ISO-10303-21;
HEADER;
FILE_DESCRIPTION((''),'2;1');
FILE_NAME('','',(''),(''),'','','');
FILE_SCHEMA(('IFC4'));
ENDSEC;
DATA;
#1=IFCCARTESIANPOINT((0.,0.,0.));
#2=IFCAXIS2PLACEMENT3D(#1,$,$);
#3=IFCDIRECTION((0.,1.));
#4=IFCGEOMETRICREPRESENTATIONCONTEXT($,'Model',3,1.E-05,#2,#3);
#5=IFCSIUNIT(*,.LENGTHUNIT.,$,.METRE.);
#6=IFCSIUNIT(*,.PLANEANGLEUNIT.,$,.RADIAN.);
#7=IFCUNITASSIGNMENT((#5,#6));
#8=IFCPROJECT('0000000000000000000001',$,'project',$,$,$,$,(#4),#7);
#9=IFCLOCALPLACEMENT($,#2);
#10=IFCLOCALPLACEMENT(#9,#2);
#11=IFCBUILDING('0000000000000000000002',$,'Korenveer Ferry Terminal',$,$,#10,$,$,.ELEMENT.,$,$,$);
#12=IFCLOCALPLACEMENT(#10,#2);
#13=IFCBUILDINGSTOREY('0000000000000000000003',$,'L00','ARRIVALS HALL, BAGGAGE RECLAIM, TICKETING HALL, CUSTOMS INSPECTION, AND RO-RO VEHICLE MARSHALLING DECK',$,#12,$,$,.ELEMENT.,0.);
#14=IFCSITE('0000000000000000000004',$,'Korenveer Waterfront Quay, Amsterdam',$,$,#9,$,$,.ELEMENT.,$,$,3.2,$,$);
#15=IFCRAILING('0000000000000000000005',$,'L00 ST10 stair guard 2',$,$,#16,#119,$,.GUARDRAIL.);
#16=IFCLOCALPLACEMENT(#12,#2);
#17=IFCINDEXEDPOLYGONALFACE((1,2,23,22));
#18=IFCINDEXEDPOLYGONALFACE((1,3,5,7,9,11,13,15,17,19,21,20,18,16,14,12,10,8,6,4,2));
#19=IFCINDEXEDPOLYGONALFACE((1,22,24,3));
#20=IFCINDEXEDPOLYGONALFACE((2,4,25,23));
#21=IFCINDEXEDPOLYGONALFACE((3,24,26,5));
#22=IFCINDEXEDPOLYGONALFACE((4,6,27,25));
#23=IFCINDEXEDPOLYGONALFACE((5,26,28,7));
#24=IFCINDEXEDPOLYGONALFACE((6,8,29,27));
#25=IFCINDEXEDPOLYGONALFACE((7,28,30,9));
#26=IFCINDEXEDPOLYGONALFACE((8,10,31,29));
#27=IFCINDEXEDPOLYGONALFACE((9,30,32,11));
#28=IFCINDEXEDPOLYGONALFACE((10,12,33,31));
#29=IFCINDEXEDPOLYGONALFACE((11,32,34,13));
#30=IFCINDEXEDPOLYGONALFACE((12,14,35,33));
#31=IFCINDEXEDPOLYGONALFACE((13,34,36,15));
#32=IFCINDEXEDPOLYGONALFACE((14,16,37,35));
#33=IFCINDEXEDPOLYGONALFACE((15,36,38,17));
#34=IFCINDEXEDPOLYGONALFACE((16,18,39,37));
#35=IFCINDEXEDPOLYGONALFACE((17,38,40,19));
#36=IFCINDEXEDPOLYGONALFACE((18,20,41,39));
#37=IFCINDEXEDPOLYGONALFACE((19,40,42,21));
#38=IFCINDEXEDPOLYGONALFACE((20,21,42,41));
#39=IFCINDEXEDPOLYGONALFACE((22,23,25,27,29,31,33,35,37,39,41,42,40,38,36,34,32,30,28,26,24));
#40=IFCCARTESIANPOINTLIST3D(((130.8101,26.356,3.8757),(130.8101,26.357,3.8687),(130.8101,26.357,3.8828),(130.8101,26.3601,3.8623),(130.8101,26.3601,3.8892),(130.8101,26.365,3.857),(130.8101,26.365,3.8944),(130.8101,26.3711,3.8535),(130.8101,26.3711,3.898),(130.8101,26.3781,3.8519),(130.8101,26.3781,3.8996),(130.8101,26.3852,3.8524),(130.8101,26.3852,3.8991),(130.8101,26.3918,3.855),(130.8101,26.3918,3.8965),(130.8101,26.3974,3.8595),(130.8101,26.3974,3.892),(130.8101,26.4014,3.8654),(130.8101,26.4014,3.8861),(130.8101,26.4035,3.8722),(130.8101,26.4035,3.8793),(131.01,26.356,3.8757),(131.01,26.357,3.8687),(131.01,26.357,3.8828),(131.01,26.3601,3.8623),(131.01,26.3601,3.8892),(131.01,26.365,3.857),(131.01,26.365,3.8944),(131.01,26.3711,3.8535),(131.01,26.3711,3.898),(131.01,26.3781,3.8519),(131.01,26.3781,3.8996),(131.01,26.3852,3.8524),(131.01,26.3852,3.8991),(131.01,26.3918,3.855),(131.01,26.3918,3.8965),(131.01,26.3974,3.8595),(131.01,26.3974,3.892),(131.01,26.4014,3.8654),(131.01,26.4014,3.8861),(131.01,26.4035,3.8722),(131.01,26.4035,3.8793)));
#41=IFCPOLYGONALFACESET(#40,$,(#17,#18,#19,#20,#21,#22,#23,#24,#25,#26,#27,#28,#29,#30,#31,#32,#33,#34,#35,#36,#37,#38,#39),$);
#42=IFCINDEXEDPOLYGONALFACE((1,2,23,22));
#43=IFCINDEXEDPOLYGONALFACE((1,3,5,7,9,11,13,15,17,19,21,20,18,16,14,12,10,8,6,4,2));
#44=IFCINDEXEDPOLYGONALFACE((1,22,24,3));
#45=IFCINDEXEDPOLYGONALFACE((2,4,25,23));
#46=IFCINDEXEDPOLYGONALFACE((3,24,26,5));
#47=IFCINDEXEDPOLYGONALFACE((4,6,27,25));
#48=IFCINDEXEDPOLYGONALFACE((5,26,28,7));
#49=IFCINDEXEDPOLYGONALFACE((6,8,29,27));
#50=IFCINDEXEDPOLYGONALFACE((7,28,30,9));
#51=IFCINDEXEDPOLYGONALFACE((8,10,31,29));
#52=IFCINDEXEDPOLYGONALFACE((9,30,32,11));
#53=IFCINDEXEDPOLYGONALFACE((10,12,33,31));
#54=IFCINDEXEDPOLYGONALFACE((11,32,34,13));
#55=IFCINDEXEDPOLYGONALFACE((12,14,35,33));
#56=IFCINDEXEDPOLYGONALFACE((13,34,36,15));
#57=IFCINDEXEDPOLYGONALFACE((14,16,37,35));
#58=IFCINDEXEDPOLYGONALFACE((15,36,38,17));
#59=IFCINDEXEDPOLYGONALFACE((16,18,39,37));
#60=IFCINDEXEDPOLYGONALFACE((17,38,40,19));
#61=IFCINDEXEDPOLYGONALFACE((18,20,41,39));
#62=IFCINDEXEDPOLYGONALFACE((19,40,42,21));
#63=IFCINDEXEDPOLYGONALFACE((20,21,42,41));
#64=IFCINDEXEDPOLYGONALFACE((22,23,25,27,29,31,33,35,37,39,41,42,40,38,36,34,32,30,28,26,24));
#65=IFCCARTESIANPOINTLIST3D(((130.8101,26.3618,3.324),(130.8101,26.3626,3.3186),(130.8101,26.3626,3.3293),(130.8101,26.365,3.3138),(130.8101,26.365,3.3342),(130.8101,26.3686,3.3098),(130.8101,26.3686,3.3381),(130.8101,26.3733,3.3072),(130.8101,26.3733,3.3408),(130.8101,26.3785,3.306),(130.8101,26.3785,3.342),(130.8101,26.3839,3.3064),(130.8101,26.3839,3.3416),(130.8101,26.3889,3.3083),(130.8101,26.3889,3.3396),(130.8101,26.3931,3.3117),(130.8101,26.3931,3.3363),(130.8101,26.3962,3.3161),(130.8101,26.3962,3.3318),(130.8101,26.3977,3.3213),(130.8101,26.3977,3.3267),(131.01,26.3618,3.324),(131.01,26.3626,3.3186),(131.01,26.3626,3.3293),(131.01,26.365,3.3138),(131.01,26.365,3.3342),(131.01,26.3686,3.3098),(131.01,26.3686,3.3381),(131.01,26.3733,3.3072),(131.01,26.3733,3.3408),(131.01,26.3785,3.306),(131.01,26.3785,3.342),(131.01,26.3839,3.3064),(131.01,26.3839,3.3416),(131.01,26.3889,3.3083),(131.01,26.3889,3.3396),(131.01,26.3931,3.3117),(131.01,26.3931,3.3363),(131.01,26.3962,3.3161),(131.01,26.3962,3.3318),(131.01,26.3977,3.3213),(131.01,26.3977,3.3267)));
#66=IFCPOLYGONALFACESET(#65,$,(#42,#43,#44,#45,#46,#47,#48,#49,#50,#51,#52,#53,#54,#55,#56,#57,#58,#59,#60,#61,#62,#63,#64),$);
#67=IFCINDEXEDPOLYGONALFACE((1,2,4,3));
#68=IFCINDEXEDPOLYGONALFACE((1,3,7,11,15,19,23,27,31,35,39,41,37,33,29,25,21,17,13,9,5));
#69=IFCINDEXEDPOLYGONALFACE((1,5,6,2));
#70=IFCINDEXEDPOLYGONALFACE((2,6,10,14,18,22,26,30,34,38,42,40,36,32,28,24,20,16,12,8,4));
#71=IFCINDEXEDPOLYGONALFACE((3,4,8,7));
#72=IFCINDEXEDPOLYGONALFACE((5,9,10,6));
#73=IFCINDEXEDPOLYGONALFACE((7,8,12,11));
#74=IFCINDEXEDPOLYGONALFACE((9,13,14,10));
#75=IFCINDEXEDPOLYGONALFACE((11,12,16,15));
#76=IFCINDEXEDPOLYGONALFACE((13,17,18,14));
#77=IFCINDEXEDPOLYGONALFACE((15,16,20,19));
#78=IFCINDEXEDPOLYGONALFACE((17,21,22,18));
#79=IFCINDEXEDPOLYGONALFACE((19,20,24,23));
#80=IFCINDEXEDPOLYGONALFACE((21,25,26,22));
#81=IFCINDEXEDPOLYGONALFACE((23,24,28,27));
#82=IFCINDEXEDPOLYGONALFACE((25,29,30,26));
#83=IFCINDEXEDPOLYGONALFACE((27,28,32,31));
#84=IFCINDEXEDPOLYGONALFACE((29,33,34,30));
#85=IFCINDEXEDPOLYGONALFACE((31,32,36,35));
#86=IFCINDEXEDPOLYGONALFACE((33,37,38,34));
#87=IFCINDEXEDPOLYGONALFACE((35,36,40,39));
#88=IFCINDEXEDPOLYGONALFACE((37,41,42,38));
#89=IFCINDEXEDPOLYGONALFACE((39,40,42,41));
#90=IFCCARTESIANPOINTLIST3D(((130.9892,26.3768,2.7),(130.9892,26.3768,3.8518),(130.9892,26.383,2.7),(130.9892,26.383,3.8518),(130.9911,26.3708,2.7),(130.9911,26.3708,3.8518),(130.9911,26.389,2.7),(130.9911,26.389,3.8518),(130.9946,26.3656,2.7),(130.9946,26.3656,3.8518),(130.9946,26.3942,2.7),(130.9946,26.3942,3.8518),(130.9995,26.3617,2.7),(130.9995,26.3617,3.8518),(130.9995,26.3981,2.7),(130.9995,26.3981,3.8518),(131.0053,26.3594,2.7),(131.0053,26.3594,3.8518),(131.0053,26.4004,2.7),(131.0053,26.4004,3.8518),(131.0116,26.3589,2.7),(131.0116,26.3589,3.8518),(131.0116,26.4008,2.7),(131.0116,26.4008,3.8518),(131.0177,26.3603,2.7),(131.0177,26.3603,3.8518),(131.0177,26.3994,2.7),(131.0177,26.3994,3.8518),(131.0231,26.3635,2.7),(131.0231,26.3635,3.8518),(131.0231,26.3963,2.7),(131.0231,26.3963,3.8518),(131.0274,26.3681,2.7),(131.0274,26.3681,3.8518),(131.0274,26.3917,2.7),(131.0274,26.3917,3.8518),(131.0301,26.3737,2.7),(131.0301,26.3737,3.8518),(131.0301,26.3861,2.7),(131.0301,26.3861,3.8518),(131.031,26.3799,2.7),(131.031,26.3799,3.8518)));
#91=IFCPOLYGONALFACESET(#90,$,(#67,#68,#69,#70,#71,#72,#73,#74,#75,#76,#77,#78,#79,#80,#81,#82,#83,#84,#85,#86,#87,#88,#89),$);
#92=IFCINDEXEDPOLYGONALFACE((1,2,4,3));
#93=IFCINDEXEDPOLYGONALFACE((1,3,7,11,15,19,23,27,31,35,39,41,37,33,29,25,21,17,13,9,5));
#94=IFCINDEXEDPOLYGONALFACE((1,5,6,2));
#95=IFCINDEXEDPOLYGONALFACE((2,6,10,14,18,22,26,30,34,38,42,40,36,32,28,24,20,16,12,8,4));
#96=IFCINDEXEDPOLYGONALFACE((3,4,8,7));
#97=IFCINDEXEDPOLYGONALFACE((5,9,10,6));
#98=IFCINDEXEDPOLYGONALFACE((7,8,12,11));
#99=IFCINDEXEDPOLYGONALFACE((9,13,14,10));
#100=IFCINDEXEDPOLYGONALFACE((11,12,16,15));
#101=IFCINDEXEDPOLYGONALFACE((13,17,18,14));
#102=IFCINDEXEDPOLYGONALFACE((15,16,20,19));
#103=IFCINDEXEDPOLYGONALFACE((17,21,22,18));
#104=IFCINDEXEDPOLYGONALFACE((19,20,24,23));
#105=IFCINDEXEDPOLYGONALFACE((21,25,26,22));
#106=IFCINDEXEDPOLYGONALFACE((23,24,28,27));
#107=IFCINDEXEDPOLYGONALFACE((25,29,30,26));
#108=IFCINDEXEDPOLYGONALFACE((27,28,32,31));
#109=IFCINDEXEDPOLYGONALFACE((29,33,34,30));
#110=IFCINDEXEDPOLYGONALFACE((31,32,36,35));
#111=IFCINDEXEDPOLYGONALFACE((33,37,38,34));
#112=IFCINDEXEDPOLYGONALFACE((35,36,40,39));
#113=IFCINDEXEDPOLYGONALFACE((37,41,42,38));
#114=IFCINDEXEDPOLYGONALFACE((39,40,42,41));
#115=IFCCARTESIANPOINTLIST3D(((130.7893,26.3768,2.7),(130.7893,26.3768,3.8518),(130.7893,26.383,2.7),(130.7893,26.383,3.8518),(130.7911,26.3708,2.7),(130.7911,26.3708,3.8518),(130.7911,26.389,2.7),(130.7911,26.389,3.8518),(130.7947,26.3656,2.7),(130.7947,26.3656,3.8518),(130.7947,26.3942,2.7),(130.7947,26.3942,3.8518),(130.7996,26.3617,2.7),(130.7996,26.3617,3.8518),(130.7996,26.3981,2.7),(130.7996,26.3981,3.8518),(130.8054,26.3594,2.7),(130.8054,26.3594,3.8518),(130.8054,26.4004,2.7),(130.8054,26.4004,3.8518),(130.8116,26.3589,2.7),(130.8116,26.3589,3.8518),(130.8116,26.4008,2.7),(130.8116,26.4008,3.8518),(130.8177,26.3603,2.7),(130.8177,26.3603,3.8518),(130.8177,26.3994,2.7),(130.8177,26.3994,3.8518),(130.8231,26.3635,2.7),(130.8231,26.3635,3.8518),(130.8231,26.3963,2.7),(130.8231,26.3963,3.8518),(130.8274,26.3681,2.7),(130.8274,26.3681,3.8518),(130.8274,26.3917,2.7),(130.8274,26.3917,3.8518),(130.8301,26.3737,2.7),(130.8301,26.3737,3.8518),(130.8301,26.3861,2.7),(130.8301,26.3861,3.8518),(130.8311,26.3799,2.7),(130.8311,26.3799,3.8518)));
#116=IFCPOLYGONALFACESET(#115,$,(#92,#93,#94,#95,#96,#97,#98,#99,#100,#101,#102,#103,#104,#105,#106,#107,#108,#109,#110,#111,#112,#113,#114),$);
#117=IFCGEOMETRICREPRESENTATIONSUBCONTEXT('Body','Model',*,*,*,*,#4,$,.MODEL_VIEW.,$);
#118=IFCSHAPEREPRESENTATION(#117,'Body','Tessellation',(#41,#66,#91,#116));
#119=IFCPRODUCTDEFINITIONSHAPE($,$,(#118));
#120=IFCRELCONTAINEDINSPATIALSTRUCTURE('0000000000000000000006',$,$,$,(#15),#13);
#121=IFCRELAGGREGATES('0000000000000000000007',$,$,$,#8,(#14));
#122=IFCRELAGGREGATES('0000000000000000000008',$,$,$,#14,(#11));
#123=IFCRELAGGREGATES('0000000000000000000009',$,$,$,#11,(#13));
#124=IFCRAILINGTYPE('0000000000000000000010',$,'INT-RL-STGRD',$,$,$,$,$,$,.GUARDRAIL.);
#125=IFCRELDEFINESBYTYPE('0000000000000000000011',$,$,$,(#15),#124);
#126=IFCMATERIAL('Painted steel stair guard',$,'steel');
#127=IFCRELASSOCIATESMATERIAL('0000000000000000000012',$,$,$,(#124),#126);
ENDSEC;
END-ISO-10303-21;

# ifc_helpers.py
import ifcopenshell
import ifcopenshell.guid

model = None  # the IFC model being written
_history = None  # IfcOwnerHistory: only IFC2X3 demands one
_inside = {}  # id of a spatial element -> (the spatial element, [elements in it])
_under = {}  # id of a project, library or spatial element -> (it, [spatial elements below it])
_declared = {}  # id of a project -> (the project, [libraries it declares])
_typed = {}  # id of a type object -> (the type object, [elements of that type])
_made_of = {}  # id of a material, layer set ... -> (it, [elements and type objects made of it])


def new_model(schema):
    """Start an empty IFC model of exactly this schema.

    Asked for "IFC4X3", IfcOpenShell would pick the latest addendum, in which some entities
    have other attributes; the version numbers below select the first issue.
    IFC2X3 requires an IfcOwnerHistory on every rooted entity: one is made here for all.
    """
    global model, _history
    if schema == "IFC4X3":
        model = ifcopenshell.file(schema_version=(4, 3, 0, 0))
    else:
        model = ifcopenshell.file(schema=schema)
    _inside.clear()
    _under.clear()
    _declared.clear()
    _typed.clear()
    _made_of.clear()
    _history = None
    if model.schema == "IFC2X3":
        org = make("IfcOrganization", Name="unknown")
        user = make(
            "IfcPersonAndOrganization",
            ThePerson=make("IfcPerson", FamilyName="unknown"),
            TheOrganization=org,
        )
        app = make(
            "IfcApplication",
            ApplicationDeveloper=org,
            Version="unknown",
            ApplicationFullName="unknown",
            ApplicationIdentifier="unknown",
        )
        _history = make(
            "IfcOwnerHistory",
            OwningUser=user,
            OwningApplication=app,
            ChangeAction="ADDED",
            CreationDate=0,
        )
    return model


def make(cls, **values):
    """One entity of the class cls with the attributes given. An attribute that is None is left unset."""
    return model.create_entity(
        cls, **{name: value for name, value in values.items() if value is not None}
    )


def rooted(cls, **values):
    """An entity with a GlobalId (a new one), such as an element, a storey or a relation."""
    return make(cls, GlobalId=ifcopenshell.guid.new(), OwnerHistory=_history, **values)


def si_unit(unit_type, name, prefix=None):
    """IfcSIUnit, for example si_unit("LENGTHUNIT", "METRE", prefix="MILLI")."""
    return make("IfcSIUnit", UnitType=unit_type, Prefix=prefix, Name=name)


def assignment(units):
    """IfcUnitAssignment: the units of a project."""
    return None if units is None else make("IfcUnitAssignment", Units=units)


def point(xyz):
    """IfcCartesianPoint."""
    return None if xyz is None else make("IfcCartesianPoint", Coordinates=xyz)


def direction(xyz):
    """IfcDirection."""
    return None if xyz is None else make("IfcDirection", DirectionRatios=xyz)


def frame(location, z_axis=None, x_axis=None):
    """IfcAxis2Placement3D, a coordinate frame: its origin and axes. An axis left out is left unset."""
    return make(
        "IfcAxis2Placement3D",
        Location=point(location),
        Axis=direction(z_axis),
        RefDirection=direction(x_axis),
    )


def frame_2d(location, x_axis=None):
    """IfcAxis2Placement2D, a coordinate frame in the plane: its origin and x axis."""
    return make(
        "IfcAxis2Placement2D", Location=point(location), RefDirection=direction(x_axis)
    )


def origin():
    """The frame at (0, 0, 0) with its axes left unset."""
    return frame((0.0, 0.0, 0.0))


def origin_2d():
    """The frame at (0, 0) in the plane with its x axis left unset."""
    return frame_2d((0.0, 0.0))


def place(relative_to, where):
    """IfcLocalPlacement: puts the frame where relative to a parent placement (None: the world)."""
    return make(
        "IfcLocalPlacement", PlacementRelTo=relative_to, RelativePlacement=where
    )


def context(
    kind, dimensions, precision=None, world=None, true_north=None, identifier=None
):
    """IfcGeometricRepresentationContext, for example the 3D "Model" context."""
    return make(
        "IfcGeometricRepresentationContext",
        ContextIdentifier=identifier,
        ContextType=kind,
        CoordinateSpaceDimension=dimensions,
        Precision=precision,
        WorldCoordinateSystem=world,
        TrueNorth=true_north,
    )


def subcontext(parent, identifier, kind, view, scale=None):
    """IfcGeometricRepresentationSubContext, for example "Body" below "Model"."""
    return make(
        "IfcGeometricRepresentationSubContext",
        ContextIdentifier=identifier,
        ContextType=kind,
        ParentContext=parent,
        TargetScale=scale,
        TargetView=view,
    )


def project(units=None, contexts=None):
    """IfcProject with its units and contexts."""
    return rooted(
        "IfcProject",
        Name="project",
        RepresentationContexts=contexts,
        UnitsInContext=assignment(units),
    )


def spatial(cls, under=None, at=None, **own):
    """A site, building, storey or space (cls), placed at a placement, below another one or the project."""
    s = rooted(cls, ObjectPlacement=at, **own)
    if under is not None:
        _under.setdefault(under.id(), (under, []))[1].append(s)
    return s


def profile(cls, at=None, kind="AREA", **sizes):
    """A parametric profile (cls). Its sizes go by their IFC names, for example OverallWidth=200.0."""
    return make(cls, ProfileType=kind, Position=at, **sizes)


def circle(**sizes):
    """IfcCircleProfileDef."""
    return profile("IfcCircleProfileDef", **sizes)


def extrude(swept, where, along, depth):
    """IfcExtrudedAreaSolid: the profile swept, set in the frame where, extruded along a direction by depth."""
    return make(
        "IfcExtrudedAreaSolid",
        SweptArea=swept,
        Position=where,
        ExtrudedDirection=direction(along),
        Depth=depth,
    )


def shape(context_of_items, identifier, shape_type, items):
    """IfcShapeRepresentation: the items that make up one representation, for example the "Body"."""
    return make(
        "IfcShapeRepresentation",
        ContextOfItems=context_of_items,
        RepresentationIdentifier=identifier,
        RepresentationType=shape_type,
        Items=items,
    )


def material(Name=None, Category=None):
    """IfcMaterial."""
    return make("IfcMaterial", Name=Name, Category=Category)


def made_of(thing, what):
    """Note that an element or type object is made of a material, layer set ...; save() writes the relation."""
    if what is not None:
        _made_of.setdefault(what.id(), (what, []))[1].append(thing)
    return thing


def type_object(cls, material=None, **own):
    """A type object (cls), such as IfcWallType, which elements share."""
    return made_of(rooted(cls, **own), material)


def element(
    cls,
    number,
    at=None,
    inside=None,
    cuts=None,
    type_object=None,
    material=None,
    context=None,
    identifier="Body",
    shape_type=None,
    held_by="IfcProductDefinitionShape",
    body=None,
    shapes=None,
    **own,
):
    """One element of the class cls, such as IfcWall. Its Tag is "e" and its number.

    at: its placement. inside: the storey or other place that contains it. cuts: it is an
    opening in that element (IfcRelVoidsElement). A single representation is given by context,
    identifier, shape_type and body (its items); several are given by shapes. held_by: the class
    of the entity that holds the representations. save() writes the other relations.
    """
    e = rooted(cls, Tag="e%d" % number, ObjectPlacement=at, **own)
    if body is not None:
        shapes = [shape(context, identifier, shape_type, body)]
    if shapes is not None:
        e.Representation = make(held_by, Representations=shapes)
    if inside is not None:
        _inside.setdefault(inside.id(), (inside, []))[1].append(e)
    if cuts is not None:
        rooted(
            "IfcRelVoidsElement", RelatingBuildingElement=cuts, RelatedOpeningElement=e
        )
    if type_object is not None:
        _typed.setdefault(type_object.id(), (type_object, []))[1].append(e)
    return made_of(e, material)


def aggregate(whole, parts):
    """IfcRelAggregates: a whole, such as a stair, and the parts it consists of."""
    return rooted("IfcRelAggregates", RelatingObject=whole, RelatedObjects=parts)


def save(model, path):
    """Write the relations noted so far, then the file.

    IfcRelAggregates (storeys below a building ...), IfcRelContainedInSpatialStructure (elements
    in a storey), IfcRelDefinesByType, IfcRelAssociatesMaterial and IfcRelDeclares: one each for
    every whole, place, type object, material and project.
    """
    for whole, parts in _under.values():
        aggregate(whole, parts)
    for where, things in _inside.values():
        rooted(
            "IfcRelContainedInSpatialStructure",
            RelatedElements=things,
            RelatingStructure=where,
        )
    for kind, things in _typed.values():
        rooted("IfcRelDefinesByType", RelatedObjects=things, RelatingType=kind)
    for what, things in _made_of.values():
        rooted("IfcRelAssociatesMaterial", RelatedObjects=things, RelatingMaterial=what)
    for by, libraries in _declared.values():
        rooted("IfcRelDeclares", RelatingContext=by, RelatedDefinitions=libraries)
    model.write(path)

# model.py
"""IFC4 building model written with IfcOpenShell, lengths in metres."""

from ifc_helpers import new_model, si_unit, direction, frame, origin, origin_2d, place, context, subcontext, project, spatial, circle, extrude, material, type_object, element, save


model = new_model("IFC4")

# Units and contexts
model_context = context("Model", 3, precision=1e-05, world=origin(), true_north=direction((0.0, 1.0)))
body_context = subcontext(model_context, "Body", "Model", "MODEL_VIEW")
ifc_project = project(units=[si_unit("LENGTHUNIT", "METRE"), si_unit("PLANEANGLEUNIT", "RADIAN")], contexts=[model_context])

# Site, building, storey
site_placement = place(None, origin())
site = spatial("IfcSite", under=ifc_project, at=site_placement, Name="Korenveer Waterfront Quay, Amsterdam", CompositionType="ELEMENT", RefElevation=3.2)
building_placement = place(site_placement, origin())
building = spatial("IfcBuilding", under=site, at=building_placement, Name="Korenveer Ferry Terminal", CompositionType="ELEMENT")
storey_placement = place(building_placement, origin())
storey = spatial("IfcBuildingStorey", under=building, at=storey_placement, Name="L00", Description="ARRIVALS HALL, BAGGAGE RECLAIM, TICKETING HALL, CUSTOMS INSPECTION, AND RO-RO VEHICLE MARSHALLING DECK", CompositionType="ELEMENT", Elevation=0.0)

# Railing
ifc_material_1 = material(Name="Painted steel stair guard", Category="steel")
railing_type_1 = type_object("IfcRailingType", Name="INT-RL-STGRD", PredefinedType="GUARDRAIL", material=ifc_material_1)
railing_1_placement = place(storey_placement, frame((131.01, 26.3799, 2.7)))
element("IfcRailing", 1, at=railing_1_placement, inside=storey, type_object=railing_type_1, Name="L00 ST10 stair guard 2", PredefinedType="GUARDRAIL", context=body_context, shape_type="SweptSolid", body=[
    extrude(circle(Radius=0.0239, at=origin_2d()), frame((0.0, 0.0, 1.1758), z_axis=(-1.0, 0.0, 0.0), x_axis=(0.0, -1.0, 0.0)), (0.0, 0.0, 1.0), 0.2),
    extrude(circle(Radius=0.0181, at=origin_2d()), frame((0.0, 0.0, 0.624), z_axis=(-1.0, 0.0, 0.0), x_axis=(0.0, -1.0, 0.0)), (0.0, 0.0, 1.0), 0.2),
    extrude(circle(Radius=0.021, at=origin_2d()), origin(), (0.0, 0.0, 1.0), 1.1519),
    extrude(circle(Radius=0.021, at=origin_2d()), frame((-0.2, 0.0, 0.0)), (0.0, 0.0, 1.0), 1.1519),
])

save(model, "model.ifc")
